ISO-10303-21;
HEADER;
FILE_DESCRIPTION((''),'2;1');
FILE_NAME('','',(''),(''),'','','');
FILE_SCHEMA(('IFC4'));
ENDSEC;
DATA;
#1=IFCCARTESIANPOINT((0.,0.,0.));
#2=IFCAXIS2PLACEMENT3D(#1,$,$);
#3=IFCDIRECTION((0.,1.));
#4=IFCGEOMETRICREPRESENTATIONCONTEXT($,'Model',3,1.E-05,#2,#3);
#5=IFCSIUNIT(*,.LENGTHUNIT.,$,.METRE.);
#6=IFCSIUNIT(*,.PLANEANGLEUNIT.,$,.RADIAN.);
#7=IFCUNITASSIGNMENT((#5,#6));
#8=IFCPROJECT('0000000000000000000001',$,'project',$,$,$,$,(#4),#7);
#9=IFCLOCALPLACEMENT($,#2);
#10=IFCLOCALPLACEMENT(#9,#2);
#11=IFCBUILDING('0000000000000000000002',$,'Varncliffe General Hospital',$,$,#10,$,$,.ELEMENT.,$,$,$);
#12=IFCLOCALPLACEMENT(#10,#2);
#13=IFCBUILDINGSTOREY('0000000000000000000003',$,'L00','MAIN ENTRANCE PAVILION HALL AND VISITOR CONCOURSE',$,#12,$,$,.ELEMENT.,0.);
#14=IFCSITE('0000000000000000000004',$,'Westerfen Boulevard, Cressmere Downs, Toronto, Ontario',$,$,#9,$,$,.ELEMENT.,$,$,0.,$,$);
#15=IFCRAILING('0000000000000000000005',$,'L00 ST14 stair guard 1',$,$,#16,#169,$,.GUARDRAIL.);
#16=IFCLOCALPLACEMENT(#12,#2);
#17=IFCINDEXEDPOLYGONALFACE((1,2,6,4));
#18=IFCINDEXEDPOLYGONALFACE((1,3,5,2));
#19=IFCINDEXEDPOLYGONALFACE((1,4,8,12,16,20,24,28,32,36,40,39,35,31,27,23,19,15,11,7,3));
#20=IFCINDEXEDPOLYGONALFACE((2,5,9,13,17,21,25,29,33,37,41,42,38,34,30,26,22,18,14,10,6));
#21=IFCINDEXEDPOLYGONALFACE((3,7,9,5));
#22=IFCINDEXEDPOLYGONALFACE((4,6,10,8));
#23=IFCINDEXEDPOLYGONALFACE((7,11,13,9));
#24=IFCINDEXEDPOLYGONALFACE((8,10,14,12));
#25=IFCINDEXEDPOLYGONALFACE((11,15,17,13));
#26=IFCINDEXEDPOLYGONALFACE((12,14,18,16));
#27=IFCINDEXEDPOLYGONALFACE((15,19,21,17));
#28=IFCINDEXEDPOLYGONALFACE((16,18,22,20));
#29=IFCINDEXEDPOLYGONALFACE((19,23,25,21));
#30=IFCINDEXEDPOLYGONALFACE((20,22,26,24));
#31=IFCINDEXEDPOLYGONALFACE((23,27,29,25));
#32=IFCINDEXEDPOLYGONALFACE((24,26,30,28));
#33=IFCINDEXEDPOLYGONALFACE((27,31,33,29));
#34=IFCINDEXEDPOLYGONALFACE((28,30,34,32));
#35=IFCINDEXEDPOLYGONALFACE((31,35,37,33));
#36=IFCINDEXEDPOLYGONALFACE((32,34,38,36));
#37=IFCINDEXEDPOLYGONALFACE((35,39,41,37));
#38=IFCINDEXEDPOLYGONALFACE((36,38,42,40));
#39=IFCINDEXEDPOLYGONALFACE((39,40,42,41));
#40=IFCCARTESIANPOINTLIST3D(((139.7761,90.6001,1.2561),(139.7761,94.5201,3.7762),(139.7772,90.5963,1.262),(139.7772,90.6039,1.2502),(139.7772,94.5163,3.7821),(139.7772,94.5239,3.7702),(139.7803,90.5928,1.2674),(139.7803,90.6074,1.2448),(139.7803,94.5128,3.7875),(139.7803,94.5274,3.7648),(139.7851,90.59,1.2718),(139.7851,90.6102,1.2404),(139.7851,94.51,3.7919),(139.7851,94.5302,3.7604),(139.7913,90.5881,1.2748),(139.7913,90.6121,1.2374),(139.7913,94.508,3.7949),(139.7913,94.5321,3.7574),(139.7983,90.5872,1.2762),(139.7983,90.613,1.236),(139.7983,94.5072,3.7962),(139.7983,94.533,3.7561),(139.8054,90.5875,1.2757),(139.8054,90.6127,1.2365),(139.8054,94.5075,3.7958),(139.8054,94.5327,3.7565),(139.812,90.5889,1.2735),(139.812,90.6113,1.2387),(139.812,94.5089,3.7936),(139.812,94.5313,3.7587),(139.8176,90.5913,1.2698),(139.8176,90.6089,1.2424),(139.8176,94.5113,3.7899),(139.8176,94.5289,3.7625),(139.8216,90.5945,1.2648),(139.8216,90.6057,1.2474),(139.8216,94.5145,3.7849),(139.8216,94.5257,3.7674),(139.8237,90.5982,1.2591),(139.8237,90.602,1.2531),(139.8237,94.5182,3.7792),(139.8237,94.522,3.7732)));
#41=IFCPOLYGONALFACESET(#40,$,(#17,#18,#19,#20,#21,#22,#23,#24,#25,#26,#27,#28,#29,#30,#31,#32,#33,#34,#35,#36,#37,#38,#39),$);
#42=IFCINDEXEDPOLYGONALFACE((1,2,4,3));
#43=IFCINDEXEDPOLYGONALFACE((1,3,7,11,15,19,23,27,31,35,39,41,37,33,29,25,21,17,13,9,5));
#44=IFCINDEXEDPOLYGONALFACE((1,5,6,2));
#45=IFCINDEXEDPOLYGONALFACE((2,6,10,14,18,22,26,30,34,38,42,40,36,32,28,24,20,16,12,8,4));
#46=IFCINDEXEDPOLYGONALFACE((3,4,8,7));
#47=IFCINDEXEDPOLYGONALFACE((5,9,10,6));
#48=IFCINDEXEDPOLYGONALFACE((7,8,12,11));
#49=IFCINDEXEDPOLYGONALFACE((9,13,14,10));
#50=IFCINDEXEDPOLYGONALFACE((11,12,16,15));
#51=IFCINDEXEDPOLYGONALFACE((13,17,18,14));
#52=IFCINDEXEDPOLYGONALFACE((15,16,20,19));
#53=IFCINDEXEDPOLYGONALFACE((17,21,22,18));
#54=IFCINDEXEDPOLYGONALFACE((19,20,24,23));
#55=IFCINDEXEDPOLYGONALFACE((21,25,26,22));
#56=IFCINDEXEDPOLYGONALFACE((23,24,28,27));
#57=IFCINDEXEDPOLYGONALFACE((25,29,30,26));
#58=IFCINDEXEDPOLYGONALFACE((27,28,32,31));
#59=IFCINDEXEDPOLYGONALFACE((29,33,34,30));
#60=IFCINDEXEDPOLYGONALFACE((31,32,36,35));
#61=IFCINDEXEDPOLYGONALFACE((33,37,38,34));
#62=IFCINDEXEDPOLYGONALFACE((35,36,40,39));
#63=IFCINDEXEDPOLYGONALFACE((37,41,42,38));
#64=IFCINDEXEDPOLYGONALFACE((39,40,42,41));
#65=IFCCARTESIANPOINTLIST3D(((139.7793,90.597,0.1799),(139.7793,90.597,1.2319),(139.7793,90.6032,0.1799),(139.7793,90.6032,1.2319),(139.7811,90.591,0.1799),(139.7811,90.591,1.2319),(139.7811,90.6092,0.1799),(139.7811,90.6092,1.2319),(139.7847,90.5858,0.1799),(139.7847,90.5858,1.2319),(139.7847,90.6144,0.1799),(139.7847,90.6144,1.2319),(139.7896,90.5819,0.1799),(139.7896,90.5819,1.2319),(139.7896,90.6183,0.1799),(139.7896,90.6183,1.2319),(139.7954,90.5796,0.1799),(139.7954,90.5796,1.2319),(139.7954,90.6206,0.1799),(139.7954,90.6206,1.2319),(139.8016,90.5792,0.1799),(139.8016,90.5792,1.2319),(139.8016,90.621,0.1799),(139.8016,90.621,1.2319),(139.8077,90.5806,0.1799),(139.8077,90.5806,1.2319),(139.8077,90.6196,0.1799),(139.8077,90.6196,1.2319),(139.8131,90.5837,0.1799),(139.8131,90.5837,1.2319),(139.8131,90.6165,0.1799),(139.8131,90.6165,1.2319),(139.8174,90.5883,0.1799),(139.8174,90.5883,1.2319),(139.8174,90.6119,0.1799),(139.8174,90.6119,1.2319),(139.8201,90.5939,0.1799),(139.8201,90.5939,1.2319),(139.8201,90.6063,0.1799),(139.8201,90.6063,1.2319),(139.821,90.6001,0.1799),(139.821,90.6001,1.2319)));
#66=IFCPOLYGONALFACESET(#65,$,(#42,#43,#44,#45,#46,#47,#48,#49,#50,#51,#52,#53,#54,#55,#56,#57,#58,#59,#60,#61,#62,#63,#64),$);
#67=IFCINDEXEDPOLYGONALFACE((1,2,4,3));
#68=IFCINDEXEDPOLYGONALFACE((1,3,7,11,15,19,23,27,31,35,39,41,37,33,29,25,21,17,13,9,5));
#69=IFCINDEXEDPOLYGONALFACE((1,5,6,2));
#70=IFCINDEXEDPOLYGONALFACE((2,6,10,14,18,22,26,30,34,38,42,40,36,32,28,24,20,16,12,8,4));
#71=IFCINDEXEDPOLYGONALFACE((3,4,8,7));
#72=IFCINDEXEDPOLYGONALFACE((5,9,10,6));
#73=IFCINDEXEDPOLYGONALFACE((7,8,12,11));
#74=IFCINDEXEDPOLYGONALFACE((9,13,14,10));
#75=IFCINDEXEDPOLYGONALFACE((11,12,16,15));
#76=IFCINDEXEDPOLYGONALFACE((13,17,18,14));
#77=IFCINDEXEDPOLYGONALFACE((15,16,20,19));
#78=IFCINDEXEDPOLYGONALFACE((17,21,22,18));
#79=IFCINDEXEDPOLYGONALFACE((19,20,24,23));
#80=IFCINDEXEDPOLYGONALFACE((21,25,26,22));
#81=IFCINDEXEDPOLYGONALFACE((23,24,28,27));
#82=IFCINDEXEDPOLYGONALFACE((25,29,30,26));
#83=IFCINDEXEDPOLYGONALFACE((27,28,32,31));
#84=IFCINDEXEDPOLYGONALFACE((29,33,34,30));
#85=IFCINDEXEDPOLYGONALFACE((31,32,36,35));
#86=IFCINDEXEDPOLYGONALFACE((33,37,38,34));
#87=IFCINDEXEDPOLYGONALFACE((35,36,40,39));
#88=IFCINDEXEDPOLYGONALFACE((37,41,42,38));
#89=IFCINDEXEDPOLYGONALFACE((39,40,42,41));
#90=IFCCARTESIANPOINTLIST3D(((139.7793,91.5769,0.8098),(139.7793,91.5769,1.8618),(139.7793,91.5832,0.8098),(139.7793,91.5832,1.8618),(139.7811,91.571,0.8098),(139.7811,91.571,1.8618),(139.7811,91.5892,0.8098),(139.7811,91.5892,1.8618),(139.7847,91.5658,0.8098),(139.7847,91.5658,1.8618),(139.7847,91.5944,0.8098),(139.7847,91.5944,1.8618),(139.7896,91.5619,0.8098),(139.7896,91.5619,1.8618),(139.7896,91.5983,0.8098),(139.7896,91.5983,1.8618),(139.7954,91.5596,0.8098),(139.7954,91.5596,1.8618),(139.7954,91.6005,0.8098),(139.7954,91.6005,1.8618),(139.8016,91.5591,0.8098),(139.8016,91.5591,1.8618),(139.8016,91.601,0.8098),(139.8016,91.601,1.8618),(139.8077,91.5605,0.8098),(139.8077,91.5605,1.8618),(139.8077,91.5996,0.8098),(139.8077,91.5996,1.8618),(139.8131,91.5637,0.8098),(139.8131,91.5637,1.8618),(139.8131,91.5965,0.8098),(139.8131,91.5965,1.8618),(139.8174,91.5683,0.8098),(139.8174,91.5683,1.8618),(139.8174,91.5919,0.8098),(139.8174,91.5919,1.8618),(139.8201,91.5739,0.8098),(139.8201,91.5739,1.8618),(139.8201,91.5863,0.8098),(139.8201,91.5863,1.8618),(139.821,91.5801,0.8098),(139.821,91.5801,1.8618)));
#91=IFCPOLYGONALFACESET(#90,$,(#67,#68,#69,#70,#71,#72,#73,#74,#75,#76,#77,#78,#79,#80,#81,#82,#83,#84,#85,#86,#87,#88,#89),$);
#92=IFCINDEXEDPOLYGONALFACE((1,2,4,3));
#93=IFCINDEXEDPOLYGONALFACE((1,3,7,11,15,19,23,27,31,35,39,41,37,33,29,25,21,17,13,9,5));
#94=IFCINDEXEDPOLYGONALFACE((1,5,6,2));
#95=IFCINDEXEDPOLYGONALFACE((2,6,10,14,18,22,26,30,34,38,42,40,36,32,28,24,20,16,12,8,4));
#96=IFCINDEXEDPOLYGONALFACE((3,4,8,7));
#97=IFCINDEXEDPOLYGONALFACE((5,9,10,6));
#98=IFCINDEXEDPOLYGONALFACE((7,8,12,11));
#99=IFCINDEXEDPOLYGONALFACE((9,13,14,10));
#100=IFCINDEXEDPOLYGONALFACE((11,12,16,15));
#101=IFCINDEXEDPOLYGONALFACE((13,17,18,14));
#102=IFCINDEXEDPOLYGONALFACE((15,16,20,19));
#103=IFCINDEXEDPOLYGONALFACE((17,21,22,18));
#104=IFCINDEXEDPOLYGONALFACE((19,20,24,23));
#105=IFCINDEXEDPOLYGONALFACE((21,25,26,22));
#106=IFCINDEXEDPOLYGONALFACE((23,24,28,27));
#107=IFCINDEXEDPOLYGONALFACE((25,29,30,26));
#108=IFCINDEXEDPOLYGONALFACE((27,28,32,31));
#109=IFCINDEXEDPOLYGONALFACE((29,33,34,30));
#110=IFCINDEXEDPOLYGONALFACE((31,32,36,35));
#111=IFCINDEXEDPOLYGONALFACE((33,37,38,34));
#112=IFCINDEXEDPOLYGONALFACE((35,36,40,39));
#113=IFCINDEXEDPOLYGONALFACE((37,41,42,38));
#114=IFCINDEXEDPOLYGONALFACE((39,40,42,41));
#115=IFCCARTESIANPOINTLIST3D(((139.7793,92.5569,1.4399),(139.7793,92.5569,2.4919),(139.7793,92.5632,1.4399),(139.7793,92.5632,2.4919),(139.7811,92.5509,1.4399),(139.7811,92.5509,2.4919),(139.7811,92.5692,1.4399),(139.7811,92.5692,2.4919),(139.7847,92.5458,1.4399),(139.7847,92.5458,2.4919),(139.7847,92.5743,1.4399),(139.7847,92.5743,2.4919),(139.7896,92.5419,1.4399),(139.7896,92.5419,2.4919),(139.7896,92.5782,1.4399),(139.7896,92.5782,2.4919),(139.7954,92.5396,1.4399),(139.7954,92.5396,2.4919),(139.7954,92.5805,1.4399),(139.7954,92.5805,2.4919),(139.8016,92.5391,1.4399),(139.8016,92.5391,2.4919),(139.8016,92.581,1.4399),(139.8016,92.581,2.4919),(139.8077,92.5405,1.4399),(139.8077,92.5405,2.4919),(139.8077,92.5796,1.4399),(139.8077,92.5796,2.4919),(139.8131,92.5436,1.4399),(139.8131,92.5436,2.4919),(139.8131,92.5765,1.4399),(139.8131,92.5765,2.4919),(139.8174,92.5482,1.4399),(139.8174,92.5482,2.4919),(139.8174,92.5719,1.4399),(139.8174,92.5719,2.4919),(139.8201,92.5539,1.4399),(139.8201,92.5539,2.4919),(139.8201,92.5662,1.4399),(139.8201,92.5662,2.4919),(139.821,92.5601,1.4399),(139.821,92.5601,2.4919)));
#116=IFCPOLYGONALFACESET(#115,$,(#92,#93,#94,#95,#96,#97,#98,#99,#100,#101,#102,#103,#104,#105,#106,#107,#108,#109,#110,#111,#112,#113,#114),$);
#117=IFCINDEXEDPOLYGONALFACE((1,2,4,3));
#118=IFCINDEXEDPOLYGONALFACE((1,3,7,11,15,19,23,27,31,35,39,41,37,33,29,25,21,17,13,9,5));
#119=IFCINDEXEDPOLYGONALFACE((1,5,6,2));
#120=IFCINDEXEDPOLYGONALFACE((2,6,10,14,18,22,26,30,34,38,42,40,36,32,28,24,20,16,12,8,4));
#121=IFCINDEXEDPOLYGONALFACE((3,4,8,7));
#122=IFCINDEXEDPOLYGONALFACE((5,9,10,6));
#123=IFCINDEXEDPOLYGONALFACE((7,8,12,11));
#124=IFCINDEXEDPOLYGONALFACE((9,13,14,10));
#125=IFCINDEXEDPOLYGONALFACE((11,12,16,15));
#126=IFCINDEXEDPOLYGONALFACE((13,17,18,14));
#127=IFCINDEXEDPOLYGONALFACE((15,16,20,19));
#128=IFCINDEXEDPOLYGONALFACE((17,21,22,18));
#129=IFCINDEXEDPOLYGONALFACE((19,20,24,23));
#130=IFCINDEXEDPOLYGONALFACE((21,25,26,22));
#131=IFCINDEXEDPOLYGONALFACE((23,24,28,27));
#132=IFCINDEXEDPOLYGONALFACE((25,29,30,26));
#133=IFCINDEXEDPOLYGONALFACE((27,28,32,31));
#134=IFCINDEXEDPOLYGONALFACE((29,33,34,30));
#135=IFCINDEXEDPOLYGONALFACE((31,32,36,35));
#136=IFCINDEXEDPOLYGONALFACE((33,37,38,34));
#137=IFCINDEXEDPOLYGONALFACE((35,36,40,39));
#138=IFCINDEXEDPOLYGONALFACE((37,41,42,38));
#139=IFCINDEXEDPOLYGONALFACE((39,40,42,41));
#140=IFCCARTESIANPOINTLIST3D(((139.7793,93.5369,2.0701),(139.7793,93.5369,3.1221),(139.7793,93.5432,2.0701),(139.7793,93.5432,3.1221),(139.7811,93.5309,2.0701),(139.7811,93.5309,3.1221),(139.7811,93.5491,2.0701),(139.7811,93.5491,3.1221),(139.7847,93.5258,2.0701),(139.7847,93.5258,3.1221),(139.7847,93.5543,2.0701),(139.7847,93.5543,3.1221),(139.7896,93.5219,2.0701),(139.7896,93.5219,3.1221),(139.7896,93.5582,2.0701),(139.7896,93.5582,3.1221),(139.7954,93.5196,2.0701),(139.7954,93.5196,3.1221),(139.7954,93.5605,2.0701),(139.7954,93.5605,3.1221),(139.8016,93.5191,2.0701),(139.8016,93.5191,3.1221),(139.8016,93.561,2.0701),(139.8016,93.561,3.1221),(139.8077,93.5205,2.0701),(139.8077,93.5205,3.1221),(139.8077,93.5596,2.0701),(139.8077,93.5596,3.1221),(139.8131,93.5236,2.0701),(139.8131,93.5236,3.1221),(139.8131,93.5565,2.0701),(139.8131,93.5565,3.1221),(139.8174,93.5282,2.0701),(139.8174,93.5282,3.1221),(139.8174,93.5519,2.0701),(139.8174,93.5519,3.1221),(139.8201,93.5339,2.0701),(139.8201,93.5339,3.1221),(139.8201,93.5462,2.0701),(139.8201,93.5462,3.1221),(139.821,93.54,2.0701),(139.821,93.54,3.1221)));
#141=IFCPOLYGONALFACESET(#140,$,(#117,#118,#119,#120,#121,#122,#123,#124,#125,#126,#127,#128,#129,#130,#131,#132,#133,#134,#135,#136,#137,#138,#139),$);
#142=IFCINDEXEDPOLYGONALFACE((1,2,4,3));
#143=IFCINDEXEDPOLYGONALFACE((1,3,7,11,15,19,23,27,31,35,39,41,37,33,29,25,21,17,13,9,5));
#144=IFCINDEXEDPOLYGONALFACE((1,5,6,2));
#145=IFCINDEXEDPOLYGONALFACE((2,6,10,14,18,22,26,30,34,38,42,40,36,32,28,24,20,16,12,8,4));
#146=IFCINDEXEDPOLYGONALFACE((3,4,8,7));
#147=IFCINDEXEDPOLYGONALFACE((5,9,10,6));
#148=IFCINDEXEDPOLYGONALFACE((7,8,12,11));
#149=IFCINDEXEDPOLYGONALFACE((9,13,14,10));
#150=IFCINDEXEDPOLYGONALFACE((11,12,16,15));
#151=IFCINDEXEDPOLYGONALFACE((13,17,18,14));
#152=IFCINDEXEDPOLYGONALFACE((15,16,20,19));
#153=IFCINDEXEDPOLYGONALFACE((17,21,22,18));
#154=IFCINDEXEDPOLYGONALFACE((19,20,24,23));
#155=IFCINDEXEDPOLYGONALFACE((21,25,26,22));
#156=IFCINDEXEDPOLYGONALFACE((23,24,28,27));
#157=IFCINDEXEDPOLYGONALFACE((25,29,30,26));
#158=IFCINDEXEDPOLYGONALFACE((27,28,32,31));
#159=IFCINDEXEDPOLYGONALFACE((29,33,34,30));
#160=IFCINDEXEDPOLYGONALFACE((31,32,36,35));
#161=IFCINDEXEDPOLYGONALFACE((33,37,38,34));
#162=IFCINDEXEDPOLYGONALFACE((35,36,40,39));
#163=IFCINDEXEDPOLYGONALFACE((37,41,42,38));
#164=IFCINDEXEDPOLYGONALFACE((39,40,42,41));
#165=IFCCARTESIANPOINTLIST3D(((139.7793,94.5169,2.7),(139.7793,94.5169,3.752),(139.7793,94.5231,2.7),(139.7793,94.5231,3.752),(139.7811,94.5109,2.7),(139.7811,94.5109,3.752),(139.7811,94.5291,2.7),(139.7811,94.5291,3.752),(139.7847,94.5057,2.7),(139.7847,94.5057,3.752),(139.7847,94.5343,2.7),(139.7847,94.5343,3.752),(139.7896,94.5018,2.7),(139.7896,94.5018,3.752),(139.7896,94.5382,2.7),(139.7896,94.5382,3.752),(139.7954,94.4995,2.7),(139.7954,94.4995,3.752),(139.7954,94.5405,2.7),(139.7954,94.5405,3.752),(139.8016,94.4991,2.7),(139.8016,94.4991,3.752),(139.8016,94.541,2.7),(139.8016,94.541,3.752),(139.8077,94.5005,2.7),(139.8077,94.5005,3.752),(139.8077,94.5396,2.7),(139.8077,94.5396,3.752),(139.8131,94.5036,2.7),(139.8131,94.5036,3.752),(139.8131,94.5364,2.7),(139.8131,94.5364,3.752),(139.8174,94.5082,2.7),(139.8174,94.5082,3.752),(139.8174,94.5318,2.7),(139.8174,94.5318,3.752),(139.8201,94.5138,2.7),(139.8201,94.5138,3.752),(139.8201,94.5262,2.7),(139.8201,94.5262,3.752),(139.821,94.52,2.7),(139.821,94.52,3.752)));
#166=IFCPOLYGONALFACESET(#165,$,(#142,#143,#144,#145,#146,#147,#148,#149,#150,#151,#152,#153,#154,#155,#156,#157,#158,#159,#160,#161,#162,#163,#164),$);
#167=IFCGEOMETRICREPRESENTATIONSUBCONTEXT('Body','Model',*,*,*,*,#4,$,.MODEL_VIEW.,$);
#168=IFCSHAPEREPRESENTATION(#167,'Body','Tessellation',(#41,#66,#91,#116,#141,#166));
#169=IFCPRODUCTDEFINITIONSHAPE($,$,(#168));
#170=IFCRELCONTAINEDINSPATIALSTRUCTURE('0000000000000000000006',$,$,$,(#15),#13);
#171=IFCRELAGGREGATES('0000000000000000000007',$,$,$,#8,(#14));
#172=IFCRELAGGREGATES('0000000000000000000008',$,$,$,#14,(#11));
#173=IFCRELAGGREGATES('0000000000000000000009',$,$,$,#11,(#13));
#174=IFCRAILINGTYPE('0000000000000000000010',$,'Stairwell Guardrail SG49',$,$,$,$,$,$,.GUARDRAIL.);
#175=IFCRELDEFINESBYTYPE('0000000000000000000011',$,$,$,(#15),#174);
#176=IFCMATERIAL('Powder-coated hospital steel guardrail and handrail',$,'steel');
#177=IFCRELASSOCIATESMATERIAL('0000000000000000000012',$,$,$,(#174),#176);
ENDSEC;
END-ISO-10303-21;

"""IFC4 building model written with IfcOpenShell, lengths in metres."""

from ifc_helpers import new_model, si_unit, direction, frame, origin, origin_2d, place, context, subcontext, project, spatial, circle, extrude, material, type_object, element, save


model = new_model("IFC4")

# Units and contexts
model_context = context("Model", 3, precision=1e-05, world=origin(), true_north=direction((0.0, 1.0)))
body_context = subcontext(model_context, "Body", "Model", "MODEL_VIEW")
ifc_project = project(units=[si_unit("LENGTHUNIT", "METRE"), si_unit("PLANEANGLEUNIT", "RADIAN")], contexts=[model_context])

# Site, building, storey
site_placement = place(None, origin())
site = spatial("IfcSite", under=ifc_project, at=site_placement, Name="Westerfen Boulevard, Cressmere Downs, Toronto, Ontario", CompositionType="ELEMENT", RefElevation=0.0)
building_placement = place(site_placement, origin())
building = spatial("IfcBuilding", under=site, at=building_placement, Name="Varncliffe General Hospital", CompositionType="ELEMENT")
storey_placement = place(building_placement, origin())
storey = spatial("IfcBuildingStorey", under=building, at=storey_placement, Name="L00", Description="MAIN ENTRANCE PAVILION HALL AND VISITOR CONCOURSE", CompositionType="ELEMENT", Elevation=0.0)

# Railing
ifc_material_1 = material(Name="Powder-coated hospital steel guardrail and handrail", Category="steel")
railing_type_1 = type_object("IfcRailingType", Name="Stairwell Guardrail SG49", PredefinedType="GUARDRAIL", material=ifc_material_1)
railing_1_placement = place(storey_placement, frame((139.8, 90.6001, 0.1799)))
element("IfcRailing", 1, at=railing_1_placement, inside=storey, type_object=railing_type_1, Name="L00 ST14 stair guard 1", PredefinedType="GUARDRAIL", context=body_context, shape_type="SweptSolid", body=[
    extrude(circle(Radius=0.0239, at=origin_2d()), frame((0.0, 0.0, 1.0762), z_axis=(0.0, 0.841172, 0.540768), x_axis=(-1.0, 0.0, 0.0)), (0.0, 0.0, 1.0), 4.6602),
    extrude(circle(Radius=0.021, at=origin_2d()), origin(), (0.0, 0.0, 1.0), 1.052),
    extrude(circle(Radius=0.021, at=origin_2d()), frame((0.0, 0.98, 0.6299)), (0.0, 0.0, 1.0), 1.052),
    extrude(circle(Radius=0.021, at=origin_2d()), frame((0.0, 1.96, 1.26)), (0.0, 0.0, 1.0), 1.052),
    extrude(circle(Radius=0.021, at=origin_2d()), frame((0.0, 2.9399, 1.8901)), (0.0, 0.0, 1.0), 1.052),
    extrude(circle(Radius=0.021, at=origin_2d()), frame((0.0, 3.9199, 2.52)), (0.0, 0.0, 1.0), 1.052),
])

save(model, "model.ifc")
